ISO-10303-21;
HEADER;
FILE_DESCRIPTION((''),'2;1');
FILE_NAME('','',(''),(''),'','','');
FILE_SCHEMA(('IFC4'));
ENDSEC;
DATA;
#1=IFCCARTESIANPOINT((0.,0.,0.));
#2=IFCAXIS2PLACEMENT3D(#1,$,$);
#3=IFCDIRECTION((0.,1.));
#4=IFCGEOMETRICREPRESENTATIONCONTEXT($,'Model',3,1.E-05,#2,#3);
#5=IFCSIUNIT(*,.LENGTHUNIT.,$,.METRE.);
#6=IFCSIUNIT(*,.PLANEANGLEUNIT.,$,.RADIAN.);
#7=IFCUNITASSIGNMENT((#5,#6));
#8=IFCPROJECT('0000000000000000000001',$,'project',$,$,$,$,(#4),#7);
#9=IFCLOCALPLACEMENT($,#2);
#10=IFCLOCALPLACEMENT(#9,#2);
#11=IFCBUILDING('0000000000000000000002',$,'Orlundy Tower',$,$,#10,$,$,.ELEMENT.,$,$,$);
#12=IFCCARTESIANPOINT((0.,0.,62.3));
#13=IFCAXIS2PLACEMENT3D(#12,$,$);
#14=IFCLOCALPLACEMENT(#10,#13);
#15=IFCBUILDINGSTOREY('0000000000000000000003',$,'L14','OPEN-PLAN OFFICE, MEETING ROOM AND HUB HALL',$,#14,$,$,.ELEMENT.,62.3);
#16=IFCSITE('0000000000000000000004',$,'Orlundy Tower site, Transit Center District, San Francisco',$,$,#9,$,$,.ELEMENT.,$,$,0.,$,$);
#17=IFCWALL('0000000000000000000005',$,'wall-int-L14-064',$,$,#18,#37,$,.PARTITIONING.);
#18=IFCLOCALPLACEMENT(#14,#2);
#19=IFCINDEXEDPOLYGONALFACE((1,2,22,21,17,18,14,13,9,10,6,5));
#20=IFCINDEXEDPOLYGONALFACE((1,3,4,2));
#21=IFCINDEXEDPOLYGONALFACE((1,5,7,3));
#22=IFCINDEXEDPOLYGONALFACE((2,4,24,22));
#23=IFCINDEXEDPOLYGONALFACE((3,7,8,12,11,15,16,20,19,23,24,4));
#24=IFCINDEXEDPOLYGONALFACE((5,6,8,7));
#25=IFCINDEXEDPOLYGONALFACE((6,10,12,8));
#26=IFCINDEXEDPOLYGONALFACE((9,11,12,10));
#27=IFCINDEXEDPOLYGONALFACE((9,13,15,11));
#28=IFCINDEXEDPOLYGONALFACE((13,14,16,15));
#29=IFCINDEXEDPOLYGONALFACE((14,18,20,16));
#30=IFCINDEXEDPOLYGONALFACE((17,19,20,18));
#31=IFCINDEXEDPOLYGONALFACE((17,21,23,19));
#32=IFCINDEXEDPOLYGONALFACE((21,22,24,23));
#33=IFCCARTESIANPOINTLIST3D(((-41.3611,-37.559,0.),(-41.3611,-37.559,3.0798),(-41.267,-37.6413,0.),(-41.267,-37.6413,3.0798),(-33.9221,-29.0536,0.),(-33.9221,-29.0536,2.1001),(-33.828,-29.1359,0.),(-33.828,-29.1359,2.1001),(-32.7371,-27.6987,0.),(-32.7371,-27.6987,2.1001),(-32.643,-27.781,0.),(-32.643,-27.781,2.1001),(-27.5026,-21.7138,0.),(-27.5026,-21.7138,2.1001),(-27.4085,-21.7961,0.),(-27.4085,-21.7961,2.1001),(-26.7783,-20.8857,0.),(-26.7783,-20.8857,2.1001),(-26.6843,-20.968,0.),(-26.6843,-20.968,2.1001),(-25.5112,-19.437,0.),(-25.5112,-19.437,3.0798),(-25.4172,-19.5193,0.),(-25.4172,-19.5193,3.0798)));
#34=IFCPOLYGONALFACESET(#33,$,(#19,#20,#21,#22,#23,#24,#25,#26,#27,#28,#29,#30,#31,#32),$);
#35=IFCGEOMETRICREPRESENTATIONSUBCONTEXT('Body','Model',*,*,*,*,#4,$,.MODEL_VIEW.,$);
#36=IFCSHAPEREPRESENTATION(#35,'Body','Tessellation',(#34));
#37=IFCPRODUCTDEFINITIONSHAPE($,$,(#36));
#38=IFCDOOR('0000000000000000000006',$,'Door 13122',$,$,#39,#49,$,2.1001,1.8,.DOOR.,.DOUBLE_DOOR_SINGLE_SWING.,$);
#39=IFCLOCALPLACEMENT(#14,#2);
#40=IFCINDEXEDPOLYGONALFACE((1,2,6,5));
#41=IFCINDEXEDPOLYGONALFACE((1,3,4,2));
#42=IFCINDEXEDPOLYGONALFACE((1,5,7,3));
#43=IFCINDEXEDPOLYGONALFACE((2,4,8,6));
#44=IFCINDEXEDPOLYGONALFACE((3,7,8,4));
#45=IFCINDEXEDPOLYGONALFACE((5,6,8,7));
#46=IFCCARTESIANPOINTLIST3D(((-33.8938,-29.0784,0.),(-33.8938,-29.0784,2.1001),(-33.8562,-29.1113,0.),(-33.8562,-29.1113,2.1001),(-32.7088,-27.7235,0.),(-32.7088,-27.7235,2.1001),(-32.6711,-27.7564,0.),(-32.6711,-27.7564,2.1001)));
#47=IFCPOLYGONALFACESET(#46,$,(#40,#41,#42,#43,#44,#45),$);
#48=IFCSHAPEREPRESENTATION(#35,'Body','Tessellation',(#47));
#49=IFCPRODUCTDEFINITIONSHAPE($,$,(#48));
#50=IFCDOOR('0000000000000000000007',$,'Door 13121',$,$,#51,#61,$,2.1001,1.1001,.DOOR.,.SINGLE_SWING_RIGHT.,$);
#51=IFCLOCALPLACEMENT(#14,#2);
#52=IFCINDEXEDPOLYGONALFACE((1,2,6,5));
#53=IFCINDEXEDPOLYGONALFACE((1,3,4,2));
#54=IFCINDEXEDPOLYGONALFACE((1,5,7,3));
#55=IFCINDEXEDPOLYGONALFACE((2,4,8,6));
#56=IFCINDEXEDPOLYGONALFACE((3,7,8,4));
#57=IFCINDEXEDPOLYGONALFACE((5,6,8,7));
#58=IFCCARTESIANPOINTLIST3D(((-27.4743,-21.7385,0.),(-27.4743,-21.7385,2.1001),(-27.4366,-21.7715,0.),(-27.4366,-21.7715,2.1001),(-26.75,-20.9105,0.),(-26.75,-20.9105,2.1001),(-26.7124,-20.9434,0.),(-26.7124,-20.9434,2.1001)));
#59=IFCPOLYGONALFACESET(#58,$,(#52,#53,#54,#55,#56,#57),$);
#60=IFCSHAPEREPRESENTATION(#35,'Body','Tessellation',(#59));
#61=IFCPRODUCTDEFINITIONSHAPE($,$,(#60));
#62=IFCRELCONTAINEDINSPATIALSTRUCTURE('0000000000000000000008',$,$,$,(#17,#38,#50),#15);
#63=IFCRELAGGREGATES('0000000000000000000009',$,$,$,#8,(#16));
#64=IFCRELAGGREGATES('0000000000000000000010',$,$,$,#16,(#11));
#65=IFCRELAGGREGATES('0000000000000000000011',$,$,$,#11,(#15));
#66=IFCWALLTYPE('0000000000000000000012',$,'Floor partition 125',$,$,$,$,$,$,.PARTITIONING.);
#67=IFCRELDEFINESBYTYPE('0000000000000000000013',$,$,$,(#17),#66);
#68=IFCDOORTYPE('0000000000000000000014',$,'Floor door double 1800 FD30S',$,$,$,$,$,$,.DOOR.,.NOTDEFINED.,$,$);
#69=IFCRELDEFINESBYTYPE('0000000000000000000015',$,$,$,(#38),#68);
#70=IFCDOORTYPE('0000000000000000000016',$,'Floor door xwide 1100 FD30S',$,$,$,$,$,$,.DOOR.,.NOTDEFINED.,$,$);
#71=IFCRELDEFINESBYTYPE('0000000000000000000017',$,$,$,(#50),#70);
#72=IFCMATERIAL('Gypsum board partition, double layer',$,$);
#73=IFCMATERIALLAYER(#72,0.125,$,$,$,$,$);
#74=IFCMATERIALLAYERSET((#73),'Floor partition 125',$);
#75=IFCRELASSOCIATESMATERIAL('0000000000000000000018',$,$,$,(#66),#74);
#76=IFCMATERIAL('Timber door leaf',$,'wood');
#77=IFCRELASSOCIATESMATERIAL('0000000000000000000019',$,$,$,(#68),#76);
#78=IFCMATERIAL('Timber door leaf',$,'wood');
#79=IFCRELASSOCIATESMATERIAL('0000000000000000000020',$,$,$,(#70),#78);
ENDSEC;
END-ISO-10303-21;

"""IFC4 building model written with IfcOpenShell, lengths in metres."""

from ifc_helpers import new_model, si_unit, direction, frame, frame_2d, origin, place, context, subcontext, project, spatial, rectangle, extrude, material, layer, layer_set, type_object, element, fill, save


model = new_model("IFC4")

# Units and contexts
model_context = context("Model", 3, precision=1e-05, world=origin(), true_north=direction((0.0, 1.0)))
body_context = subcontext(model_context, "Body", "Model", "MODEL_VIEW")
ifc_project = project(units=[si_unit("LENGTHUNIT", "METRE"), si_unit("PLANEANGLEUNIT", "RADIAN")], contexts=[model_context])

# Site, building, storey
site_placement = place(None, origin())
site = spatial("IfcSite", under=ifc_project, at=site_placement, Name="Orlundy Tower site, Transit Center District, San Francisco", CompositionType="ELEMENT", RefElevation=0.0)
building_placement = place(site_placement, origin())
building = spatial("IfcBuilding", under=site, at=building_placement, Name="Orlundy Tower", CompositionType="ELEMENT")
storey_placement = place(building_placement, frame((0.0, 0.0, 62.3)))
storey = spatial("IfcBuildingStorey", under=building, at=storey_placement, Name="L14", Description="OPEN-PLAN OFFICE, MEETING ROOM AND HUB HALL", CompositionType="ELEMENT", Elevation=62.3)

# Shared definitions
ifc_material_1 = material(Name="Gypsum board partition, double layer")
ifc_layer_1 = layer(ifc_material_1, 0.125)
ifc_layer_set_1 = layer_set([ifc_layer_1], Name="Floor partition 125")
wall_type_1 = type_object("IfcWallType", Name="Floor partition 125", PredefinedType="PARTITIONING", material=ifc_layer_set_1)

# Wall, openings, doors
wall_1_placement = place(storey_placement, frame((-41.314, -37.6001, 0.0), z_axis=(0.0, 0.0, 1.0), x_axis=(0.658341, 0.75272, 0.0)))
wall_1 = element("IfcWall", 1, at=wall_1_placement, inside=storey, type_object=wall_type_1, Name="wall-int-L14-064", PredefinedType="PARTITIONING", context=body_context, shape_type="SweptSolid", body=[
    extrude(rectangle(XDim=24.0754, YDim=0.125, at=frame_2d((12.0376, 0.0))), origin(), (0.0, 0.0, 1.0), 3.0798),
])
opening_1_placement = place(wall_1_placement, frame((21.0505, 0.0, 0.0)))
opening_1 = element("IfcOpeningElement", 2, at=opening_1_placement, cuts=wall_1, PredefinedType="OPENING", context=body_context, shape_type="SweptSolid", body=[
    extrude(rectangle(XDim=1.1001, YDim=2.1001, at=frame_2d((0.55, 1.05))), frame((0.0, 0.0725, 0.0), z_axis=(0.0, -1.0, 0.0), x_axis=(1.0, 0.0, 0.0)), (0.0, 0.0, 1.0), 0.145),
])
opening_2_placement = place(wall_1_placement, frame((11.2996, 0.0, 0.0)))
opening_2 = element("IfcOpeningElement", 3, at=opening_2_placement, cuts=wall_1, PredefinedType="OPENING", context=body_context, shape_type="SweptSolid", body=[
    extrude(rectangle(XDim=1.8, YDim=2.1001, at=frame_2d((0.8999, 1.05))), frame((0.0, 0.0725, 0.0), z_axis=(0.0, -1.0, 0.0), x_axis=(1.0, 0.0, 0.0)), (0.0, 0.0, 1.0), 0.145),
])
ifc_material_2 = material(Name="Timber door leaf", Category="wood")
door_type_1 = type_object("IfcDoorType", Name="Floor door double 1800 FD30S", OperationType="NOTDEFINED", PredefinedType="DOOR", material=ifc_material_2)
door_1_placement = place(opening_2_placement, origin())
door_1 = element("IfcDoor", 4, at=door_1_placement, inside=storey, type_object=door_type_1, Name="Door 13122", OperationType="DOUBLE_DOOR_SINGLE_SWING", OverallHeight=2.1001, OverallWidth=1.8, PredefinedType="DOOR", context=body_context, shape_type="SweptSolid", body=[
    extrude(rectangle(XDim=1.8, YDim=2.1001, at=frame_2d((0.8999, 1.05))), frame((0.0, 0.0249, 0.0), z_axis=(0.0, -1.0, 0.0), x_axis=(1.0, 0.0, 0.0)), (0.0, 0.0, 1.0), 0.05),
])
fill(opening_2, door_1)
ifc_material_3 = material(Name="Timber door leaf", Category="wood")
door_type_2 = type_object("IfcDoorType", Name="Floor door xwide 1100 FD30S", OperationType="NOTDEFINED", PredefinedType="DOOR", material=ifc_material_3)
door_2_placement = place(opening_1_placement, origin())
door_2 = element("IfcDoor", 5, at=door_2_placement, inside=storey, type_object=door_type_2, Name="Door 13121", OperationType="SINGLE_SWING_RIGHT", OverallHeight=2.1001, OverallWidth=1.1001, PredefinedType="DOOR", context=body_context, shape_type="SweptSolid", body=[
    extrude(rectangle(XDim=1.1001, YDim=2.1001, at=frame_2d((0.55, 1.05))), frame((0.0, 0.0249, 0.0), z_axis=(0.0, -1.0, 0.0), x_axis=(1.0, 0.0, 0.0)), (0.0, 0.0, 1.0), 0.05),
])
fill(opening_1, door_2)

save(model, "model.ifc")
